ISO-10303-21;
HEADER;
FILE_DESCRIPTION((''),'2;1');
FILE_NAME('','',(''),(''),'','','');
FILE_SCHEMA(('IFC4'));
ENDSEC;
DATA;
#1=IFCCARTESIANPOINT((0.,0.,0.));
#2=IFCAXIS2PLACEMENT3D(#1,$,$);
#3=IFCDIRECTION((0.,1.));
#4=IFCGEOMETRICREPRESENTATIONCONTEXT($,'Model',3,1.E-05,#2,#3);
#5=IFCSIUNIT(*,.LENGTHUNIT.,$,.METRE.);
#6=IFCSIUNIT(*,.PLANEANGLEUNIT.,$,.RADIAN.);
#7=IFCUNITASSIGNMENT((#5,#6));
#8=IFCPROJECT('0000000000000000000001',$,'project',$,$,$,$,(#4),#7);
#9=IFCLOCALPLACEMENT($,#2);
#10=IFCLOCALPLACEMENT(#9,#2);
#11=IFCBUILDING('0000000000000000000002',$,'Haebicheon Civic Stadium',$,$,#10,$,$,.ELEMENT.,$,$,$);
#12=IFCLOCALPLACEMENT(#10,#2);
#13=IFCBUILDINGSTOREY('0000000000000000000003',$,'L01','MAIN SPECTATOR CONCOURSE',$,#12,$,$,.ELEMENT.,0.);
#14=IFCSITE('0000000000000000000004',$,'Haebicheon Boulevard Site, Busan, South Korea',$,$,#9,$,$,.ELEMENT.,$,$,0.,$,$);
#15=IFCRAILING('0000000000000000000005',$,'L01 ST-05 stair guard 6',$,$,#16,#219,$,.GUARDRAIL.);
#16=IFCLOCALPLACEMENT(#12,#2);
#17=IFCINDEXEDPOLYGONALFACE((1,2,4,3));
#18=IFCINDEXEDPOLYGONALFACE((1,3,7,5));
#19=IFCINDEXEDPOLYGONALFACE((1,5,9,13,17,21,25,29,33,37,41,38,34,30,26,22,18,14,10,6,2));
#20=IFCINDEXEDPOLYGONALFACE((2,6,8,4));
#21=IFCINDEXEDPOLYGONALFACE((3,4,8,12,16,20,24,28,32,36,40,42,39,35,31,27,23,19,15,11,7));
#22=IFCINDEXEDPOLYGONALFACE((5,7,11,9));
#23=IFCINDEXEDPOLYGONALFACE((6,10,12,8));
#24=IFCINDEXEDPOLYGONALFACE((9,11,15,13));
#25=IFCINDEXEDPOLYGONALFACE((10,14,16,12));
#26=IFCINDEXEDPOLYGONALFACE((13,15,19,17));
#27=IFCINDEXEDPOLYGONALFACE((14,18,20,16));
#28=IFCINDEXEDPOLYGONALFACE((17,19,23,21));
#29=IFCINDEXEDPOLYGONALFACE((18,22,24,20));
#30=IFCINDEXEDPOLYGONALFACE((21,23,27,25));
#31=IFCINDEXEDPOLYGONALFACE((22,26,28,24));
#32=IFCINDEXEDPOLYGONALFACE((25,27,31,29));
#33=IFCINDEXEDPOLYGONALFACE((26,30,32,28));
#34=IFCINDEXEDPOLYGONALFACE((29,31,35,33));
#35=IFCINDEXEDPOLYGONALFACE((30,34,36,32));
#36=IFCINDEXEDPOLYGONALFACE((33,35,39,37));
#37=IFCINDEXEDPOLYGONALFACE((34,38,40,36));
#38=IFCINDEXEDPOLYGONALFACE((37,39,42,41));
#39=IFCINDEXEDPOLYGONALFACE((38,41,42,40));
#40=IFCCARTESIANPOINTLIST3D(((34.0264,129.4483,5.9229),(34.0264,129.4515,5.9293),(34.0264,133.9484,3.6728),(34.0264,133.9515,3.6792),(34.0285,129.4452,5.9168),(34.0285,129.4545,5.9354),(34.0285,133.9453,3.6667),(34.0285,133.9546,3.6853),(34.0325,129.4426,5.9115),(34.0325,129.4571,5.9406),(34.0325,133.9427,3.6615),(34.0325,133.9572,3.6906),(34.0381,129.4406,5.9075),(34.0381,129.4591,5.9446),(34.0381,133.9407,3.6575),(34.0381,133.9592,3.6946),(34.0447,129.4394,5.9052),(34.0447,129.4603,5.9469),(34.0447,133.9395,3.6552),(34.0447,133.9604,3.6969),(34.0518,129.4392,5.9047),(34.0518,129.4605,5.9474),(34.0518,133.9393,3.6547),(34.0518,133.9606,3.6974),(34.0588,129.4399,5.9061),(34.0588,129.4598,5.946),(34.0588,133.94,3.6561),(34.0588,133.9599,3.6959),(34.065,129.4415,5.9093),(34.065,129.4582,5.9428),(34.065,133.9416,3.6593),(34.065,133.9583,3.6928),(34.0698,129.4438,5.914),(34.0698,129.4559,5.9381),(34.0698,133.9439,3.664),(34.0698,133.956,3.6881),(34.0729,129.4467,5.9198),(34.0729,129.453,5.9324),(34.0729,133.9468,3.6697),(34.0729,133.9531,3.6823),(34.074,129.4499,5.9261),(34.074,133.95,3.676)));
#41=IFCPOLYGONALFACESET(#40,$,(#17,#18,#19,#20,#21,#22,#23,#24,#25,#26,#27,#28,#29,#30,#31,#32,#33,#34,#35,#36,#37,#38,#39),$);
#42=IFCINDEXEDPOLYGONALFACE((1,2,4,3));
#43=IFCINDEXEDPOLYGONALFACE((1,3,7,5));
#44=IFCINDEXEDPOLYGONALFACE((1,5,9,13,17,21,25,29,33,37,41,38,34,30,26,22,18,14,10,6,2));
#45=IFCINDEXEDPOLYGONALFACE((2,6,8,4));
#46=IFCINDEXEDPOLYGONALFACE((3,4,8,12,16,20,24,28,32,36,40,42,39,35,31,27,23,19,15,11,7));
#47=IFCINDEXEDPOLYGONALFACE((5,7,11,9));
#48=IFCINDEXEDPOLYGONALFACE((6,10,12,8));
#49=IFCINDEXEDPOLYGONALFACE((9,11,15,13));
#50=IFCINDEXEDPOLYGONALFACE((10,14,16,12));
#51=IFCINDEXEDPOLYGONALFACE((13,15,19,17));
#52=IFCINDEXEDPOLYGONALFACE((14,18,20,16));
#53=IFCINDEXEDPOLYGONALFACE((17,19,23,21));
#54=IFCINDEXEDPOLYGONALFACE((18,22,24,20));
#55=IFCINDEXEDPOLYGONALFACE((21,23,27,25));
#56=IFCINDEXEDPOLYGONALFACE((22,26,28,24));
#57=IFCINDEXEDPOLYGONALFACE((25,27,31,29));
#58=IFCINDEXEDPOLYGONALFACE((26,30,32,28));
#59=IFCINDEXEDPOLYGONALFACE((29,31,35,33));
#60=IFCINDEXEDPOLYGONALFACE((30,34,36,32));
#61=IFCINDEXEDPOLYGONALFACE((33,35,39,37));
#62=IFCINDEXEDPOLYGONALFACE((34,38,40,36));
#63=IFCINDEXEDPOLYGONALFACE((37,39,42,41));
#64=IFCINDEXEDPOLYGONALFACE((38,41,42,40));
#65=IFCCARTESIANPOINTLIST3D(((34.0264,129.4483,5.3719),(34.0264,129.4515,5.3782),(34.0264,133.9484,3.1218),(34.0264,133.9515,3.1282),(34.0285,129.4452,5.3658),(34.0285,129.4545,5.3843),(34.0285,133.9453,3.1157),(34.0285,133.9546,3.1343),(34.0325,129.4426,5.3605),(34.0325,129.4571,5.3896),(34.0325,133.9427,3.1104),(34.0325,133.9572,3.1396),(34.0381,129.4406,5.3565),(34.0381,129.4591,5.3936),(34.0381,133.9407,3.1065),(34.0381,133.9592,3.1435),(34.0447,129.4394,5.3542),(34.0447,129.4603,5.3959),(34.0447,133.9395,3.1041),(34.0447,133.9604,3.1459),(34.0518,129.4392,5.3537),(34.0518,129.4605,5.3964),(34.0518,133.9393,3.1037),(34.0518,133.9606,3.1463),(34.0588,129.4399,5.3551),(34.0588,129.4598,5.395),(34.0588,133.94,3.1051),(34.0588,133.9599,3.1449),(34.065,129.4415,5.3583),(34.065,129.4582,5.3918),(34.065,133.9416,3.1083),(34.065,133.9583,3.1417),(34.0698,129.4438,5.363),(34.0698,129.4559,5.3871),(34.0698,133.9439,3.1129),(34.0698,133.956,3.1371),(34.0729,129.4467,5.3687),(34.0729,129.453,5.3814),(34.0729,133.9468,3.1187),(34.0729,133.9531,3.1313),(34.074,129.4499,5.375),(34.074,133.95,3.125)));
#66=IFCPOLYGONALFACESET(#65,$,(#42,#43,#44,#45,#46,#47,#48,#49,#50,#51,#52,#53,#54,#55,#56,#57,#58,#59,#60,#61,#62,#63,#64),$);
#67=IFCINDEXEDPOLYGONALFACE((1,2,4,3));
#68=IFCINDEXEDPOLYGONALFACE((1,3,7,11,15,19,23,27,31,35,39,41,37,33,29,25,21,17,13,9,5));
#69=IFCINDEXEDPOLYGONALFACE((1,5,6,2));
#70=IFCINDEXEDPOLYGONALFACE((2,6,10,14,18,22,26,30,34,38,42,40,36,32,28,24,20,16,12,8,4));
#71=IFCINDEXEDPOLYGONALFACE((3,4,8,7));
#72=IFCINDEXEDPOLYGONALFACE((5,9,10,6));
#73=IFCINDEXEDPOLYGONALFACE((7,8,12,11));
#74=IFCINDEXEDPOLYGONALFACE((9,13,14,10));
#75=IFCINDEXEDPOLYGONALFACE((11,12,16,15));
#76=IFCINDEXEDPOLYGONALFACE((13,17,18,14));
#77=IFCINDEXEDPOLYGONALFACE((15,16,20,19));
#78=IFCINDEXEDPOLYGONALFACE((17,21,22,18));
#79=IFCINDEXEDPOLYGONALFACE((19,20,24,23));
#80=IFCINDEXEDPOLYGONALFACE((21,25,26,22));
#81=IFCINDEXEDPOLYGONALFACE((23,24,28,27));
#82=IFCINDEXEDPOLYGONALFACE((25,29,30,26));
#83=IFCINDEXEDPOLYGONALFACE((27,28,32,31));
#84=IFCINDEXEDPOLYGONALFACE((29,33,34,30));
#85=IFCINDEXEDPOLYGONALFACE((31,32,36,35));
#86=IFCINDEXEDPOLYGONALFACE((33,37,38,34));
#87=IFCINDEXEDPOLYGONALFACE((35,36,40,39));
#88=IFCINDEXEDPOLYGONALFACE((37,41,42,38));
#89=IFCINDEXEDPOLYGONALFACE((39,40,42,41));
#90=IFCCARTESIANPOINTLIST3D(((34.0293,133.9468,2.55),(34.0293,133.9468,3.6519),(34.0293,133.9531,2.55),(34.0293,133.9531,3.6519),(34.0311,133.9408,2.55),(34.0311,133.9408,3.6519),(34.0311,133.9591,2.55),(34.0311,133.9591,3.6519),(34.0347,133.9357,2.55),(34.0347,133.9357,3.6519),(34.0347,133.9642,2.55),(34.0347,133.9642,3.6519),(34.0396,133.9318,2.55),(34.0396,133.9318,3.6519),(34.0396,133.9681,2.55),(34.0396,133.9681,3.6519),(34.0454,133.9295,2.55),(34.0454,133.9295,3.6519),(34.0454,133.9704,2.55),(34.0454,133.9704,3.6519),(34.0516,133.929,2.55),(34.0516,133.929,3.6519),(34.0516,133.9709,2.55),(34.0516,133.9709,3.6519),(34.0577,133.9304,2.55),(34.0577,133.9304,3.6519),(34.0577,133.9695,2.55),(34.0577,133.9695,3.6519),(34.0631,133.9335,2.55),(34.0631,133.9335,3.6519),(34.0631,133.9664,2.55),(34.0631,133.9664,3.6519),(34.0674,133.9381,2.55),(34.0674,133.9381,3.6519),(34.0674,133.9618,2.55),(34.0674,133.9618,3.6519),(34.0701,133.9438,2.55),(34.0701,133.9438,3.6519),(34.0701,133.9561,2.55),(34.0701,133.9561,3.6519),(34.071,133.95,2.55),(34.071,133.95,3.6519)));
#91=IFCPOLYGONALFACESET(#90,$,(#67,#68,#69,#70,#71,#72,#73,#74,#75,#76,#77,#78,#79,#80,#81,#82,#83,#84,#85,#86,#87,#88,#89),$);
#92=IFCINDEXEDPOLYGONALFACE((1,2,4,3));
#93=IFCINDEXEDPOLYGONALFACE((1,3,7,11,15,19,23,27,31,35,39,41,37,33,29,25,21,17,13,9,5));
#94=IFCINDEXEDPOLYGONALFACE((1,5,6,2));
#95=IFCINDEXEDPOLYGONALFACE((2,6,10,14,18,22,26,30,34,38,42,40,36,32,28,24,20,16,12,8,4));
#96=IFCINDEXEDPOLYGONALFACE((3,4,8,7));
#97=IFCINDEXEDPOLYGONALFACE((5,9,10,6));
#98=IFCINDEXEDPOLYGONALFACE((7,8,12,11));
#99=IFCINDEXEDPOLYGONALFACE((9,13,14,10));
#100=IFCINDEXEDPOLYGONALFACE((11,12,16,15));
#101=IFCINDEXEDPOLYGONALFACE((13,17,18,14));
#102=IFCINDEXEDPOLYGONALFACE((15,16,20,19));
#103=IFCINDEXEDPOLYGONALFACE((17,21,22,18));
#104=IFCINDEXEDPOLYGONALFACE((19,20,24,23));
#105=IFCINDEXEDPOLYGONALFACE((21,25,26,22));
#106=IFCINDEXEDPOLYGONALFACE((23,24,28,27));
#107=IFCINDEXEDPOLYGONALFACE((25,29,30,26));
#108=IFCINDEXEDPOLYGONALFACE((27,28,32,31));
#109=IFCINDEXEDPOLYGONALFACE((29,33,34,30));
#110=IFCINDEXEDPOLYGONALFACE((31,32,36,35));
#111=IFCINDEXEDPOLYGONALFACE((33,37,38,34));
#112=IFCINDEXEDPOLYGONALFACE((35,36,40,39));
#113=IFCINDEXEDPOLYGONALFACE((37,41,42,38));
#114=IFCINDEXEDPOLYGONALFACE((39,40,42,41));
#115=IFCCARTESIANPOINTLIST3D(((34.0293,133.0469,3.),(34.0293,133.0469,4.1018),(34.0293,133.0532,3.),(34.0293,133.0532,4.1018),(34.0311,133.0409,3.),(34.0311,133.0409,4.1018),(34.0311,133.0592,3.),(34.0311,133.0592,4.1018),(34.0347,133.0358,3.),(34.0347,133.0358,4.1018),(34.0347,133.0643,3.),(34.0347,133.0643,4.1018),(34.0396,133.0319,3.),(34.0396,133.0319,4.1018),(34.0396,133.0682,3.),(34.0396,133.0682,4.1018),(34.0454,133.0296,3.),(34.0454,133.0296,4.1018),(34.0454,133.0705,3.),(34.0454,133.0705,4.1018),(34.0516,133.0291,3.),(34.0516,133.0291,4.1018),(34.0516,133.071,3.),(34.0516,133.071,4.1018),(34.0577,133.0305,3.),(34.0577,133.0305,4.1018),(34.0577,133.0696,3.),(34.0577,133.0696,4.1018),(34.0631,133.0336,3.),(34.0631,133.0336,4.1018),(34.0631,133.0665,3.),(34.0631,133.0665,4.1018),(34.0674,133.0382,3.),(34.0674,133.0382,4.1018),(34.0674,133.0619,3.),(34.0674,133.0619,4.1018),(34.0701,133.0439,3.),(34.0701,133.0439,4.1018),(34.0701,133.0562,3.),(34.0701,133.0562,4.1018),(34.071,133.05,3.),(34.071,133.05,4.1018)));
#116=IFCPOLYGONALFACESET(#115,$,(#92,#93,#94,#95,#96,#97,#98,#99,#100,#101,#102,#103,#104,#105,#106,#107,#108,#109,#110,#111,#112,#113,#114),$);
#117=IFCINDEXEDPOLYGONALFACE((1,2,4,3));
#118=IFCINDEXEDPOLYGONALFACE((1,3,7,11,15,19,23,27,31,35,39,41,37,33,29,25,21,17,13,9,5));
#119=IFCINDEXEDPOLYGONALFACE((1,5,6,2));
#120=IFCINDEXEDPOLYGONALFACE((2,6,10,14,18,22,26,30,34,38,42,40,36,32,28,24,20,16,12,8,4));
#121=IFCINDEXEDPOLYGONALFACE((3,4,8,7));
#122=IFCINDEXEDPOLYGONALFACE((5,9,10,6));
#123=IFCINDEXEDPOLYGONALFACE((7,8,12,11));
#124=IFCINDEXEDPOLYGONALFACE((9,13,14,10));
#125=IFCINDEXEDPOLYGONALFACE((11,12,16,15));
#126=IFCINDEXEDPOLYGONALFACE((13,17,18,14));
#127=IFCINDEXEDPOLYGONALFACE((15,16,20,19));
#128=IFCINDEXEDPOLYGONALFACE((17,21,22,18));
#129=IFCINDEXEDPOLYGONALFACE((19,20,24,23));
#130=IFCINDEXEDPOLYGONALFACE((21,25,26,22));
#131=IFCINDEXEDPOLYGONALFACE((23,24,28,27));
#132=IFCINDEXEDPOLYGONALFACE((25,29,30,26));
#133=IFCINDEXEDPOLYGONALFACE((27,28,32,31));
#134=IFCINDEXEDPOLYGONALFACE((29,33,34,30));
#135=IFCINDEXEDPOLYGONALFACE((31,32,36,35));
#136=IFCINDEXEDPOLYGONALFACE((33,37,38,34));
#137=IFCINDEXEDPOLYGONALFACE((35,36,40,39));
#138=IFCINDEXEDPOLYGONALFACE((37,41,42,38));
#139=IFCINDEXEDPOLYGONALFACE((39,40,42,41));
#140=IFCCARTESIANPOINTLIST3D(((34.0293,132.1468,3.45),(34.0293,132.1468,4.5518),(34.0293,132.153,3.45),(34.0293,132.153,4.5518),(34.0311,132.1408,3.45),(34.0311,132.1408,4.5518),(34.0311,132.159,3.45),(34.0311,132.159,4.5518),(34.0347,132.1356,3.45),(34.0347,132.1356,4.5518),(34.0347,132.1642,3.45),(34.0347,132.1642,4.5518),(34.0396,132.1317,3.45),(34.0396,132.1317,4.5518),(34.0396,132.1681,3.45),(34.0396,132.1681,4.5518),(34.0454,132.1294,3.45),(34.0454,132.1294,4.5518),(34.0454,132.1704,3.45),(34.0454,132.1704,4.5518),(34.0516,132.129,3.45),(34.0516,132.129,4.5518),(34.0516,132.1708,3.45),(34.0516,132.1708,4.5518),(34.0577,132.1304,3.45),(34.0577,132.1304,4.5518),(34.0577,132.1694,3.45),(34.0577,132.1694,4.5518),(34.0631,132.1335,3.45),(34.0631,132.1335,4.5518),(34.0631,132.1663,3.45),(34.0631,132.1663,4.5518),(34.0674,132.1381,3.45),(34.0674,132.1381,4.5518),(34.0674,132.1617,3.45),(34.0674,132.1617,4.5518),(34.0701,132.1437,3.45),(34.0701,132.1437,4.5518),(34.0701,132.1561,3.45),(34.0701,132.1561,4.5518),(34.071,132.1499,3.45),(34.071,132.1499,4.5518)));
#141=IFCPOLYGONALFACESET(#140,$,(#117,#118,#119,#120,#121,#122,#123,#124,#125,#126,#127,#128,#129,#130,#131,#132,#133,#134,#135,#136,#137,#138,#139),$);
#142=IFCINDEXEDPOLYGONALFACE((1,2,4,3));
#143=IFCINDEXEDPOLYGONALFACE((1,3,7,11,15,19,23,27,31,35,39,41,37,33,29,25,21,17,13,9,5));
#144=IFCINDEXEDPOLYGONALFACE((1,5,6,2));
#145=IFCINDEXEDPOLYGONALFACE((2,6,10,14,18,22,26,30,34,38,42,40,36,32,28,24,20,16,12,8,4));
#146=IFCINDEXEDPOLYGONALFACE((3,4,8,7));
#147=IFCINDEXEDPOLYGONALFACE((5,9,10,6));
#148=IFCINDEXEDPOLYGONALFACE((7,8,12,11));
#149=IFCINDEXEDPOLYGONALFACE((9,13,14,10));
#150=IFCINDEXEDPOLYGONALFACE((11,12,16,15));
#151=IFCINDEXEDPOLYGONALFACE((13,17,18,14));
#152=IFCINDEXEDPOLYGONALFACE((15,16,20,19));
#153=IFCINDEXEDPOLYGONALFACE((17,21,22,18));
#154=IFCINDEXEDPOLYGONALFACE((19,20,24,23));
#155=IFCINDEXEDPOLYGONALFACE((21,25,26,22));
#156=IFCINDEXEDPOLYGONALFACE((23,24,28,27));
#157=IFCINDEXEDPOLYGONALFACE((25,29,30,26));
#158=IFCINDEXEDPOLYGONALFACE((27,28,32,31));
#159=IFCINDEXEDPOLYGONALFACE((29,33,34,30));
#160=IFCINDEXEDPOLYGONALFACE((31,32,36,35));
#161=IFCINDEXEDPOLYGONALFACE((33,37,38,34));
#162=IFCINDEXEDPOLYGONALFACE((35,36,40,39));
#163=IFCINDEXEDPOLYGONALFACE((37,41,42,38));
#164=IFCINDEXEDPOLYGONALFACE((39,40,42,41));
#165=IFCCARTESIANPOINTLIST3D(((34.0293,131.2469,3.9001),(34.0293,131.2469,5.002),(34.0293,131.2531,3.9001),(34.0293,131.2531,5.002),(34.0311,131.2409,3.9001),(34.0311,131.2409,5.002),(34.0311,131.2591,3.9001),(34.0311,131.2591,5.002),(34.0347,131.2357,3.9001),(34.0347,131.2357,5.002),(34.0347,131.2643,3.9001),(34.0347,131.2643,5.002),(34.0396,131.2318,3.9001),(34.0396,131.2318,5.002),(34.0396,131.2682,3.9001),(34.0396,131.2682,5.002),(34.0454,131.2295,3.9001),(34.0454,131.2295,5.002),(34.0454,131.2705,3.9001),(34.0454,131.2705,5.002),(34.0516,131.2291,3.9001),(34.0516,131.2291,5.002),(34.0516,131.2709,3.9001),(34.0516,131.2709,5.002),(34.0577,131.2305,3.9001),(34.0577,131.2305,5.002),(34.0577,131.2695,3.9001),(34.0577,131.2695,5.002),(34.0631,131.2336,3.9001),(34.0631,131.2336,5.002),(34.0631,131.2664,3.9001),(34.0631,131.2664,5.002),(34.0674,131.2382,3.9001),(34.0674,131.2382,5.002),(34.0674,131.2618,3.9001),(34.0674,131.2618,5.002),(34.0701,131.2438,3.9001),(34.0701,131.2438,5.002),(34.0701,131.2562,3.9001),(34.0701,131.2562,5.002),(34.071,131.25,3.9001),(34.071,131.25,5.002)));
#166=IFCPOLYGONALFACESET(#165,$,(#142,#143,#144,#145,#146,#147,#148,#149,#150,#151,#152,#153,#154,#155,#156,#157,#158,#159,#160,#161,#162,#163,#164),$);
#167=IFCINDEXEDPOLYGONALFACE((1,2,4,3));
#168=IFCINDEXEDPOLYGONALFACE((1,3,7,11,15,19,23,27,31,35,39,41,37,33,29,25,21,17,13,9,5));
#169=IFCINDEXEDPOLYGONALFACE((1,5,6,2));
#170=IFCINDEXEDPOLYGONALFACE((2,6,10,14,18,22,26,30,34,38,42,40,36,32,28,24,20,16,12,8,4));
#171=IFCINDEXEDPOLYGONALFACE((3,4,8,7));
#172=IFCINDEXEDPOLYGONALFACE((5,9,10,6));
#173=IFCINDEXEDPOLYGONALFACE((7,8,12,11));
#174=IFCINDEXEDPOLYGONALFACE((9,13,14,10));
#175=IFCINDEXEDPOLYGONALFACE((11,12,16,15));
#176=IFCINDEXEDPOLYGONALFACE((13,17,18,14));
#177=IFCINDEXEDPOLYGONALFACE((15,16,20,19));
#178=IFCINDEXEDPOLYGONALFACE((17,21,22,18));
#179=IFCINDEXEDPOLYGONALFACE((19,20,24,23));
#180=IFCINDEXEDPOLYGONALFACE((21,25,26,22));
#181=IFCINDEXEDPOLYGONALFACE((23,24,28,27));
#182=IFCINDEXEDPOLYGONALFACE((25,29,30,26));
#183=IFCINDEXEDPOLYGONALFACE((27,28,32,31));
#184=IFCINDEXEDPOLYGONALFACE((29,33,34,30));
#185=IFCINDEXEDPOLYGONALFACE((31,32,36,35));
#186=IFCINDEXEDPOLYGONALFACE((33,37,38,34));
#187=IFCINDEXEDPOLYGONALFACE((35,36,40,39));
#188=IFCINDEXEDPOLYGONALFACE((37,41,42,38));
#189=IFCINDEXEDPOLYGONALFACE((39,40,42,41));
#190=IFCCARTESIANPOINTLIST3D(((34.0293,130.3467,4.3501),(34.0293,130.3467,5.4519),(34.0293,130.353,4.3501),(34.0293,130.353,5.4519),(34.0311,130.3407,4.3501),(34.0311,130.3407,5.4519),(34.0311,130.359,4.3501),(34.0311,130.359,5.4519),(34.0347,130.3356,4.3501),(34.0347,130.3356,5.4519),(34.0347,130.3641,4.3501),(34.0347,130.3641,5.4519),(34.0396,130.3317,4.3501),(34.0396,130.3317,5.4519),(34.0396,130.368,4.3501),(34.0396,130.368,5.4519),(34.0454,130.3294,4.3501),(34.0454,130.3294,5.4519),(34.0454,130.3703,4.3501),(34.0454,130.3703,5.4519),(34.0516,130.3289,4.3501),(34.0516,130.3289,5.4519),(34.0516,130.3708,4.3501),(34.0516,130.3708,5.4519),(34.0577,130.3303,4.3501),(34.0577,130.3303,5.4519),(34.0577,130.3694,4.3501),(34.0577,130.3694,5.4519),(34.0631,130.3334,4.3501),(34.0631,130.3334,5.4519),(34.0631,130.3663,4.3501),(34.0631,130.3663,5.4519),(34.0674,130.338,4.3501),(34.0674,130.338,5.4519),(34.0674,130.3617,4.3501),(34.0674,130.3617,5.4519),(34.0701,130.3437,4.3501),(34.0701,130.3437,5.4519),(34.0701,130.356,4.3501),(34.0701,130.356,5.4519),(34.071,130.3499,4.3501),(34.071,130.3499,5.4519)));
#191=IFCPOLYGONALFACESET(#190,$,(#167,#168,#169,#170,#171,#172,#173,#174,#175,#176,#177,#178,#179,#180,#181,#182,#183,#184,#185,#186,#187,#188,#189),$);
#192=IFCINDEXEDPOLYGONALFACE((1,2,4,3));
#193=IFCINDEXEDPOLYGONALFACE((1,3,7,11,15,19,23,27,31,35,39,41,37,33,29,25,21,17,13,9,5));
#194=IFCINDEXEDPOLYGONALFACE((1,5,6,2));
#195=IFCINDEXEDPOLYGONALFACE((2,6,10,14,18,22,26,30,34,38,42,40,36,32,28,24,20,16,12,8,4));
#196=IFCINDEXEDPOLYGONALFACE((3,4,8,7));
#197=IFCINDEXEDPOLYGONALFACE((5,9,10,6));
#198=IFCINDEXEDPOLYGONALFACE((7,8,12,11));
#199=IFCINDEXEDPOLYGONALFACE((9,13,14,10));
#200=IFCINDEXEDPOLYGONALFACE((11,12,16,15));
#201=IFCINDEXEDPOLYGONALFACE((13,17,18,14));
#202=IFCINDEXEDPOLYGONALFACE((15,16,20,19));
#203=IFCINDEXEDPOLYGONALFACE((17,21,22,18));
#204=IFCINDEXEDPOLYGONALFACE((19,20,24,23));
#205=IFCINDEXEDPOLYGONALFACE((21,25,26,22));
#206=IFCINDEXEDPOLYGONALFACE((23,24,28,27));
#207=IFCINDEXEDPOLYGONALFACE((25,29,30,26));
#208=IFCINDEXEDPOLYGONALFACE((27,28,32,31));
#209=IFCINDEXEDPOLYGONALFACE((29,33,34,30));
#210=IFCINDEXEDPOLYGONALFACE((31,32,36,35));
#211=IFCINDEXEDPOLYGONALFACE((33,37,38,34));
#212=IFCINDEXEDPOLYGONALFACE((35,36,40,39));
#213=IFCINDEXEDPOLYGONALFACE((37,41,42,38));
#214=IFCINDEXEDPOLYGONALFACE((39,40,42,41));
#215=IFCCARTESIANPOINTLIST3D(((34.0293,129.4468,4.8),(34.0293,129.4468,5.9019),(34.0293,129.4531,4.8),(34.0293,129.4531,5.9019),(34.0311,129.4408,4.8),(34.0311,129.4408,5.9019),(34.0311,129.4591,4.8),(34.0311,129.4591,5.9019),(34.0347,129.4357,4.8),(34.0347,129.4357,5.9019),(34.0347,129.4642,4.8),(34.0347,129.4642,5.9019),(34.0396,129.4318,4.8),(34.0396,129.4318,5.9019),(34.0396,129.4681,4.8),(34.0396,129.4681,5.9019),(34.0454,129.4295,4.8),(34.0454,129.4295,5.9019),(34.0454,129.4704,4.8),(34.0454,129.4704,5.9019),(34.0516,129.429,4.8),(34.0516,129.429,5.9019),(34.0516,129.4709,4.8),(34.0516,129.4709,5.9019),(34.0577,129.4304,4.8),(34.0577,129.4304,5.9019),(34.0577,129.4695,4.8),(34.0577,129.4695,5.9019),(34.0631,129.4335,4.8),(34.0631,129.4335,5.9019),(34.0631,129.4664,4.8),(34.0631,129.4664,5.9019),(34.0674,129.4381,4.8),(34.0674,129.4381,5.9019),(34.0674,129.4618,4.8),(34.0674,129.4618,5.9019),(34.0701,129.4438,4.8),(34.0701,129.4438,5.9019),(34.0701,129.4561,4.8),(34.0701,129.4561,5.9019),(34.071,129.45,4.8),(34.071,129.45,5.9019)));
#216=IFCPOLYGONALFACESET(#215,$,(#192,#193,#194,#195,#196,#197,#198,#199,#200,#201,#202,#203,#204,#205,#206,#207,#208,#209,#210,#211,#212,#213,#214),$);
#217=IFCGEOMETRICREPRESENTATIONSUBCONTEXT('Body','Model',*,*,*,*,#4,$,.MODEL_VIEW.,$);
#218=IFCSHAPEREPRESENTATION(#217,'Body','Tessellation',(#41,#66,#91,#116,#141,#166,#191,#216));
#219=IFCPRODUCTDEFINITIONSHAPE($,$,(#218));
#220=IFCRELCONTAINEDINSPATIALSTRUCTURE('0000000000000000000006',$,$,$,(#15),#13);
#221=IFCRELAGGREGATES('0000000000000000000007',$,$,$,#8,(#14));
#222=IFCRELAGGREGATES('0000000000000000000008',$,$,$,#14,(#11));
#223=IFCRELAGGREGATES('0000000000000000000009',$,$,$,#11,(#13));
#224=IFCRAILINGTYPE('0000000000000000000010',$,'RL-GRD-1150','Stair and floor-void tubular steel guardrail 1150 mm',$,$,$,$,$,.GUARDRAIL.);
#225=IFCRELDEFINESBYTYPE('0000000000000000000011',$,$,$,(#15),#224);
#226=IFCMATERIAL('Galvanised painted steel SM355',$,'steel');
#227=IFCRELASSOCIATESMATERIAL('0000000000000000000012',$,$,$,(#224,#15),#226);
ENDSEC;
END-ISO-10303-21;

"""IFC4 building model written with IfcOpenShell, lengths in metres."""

from ifc_helpers import new_model, si_unit, direction, frame, origin, origin_2d, place, context, subcontext, project, spatial, circle, extrude, material, type_object, element, save


model = new_model("IFC4")

# Units and contexts
model_context = context("Model", 3, precision=1e-05, world=origin(), true_north=direction((0.0, 1.0)))
body_context = subcontext(model_context, "Body", "Model", "MODEL_VIEW")
ifc_project = project(units=[si_unit("LENGTHUNIT", "METRE"), si_unit("PLANEANGLEUNIT", "RADIAN")], contexts=[model_context])

# Site, building, storey
site_placement = place(None, origin())
site = spatial("IfcSite", under=ifc_project, at=site_placement, Name="Haebicheon Boulevard Site, Busan, South Korea", CompositionType="ELEMENT", RefElevation=0.0)
building_placement = place(site_placement, origin())
building = spatial("IfcBuilding", under=site, at=building_placement, Name="Haebicheon Civic Stadium", CompositionType="ELEMENT")
storey_placement = place(building_placement, origin())
storey = spatial("IfcBuildingStorey", under=building, at=storey_placement, Name="L01", Description="MAIN SPECTATOR CONCOURSE", CompositionType="ELEMENT", Elevation=0.0)

# Railing
ifc_material_1 = material(Name="Galvanised painted steel SM355", Category="steel")
railing_type_1 = type_object("IfcRailingType", Name="RL-GRD-1150", Description="Stair and floor-void tubular steel guardrail 1150 mm", PredefinedType="GUARDRAIL", material=ifc_material_1)
railing_1_placement = place(storey_placement, frame((34.05, 133.95, 2.55)))
element("IfcRailing", 1, at=railing_1_placement, inside=storey, type_object=railing_type_1, material=ifc_material_1, Name="L01 ST-05 stair guard 6", PredefinedType="GUARDRAIL", context=body_context, shape_type="SweptSolid", body=[
    extrude(circle(Radius=0.0239, at=origin_2d()), frame((0.0, 0.0, 1.126), z_axis=(0.0, -0.894427, 0.447214), x_axis=(1.0, 0.0, 0.0)), (0.0, 0.0, 1.0), 5.0312),
    extrude(circle(Radius=0.0239, at=origin_2d()), frame((0.0, 0.0, 0.575), z_axis=(0.0, -0.894427, 0.447214), x_axis=(1.0, 0.0, 0.0)), (0.0, 0.0, 1.0), 5.0312),
    extrude(circle(Radius=0.021, at=origin_2d()), origin(), (0.0, 0.0, 1.0), 1.1018),
    extrude(circle(Radius=0.021, at=origin_2d()), frame((0.0, -0.8999, 0.45)), (0.0, 0.0, 1.0), 1.1018),
    extrude(circle(Radius=0.021, at=origin_2d()), frame((0.0, -1.8, 0.8999)), (0.0, 0.0, 1.0), 1.1018),
    extrude(circle(Radius=0.021, at=origin_2d()), frame((0.0, -2.7, 1.3501)), (0.0, 0.0, 1.0), 1.1018),
    extrude(circle(Radius=0.021, at=origin_2d()), frame((0.0, -3.6001, 1.8)), (0.0, 0.0, 1.0), 1.1018),
    extrude(circle(Radius=0.021, at=origin_2d()), frame((0.0, -4.5, 2.25)), (0.0, 0.0, 1.0), 1.1018),
])

save(model, "model.ifc")
